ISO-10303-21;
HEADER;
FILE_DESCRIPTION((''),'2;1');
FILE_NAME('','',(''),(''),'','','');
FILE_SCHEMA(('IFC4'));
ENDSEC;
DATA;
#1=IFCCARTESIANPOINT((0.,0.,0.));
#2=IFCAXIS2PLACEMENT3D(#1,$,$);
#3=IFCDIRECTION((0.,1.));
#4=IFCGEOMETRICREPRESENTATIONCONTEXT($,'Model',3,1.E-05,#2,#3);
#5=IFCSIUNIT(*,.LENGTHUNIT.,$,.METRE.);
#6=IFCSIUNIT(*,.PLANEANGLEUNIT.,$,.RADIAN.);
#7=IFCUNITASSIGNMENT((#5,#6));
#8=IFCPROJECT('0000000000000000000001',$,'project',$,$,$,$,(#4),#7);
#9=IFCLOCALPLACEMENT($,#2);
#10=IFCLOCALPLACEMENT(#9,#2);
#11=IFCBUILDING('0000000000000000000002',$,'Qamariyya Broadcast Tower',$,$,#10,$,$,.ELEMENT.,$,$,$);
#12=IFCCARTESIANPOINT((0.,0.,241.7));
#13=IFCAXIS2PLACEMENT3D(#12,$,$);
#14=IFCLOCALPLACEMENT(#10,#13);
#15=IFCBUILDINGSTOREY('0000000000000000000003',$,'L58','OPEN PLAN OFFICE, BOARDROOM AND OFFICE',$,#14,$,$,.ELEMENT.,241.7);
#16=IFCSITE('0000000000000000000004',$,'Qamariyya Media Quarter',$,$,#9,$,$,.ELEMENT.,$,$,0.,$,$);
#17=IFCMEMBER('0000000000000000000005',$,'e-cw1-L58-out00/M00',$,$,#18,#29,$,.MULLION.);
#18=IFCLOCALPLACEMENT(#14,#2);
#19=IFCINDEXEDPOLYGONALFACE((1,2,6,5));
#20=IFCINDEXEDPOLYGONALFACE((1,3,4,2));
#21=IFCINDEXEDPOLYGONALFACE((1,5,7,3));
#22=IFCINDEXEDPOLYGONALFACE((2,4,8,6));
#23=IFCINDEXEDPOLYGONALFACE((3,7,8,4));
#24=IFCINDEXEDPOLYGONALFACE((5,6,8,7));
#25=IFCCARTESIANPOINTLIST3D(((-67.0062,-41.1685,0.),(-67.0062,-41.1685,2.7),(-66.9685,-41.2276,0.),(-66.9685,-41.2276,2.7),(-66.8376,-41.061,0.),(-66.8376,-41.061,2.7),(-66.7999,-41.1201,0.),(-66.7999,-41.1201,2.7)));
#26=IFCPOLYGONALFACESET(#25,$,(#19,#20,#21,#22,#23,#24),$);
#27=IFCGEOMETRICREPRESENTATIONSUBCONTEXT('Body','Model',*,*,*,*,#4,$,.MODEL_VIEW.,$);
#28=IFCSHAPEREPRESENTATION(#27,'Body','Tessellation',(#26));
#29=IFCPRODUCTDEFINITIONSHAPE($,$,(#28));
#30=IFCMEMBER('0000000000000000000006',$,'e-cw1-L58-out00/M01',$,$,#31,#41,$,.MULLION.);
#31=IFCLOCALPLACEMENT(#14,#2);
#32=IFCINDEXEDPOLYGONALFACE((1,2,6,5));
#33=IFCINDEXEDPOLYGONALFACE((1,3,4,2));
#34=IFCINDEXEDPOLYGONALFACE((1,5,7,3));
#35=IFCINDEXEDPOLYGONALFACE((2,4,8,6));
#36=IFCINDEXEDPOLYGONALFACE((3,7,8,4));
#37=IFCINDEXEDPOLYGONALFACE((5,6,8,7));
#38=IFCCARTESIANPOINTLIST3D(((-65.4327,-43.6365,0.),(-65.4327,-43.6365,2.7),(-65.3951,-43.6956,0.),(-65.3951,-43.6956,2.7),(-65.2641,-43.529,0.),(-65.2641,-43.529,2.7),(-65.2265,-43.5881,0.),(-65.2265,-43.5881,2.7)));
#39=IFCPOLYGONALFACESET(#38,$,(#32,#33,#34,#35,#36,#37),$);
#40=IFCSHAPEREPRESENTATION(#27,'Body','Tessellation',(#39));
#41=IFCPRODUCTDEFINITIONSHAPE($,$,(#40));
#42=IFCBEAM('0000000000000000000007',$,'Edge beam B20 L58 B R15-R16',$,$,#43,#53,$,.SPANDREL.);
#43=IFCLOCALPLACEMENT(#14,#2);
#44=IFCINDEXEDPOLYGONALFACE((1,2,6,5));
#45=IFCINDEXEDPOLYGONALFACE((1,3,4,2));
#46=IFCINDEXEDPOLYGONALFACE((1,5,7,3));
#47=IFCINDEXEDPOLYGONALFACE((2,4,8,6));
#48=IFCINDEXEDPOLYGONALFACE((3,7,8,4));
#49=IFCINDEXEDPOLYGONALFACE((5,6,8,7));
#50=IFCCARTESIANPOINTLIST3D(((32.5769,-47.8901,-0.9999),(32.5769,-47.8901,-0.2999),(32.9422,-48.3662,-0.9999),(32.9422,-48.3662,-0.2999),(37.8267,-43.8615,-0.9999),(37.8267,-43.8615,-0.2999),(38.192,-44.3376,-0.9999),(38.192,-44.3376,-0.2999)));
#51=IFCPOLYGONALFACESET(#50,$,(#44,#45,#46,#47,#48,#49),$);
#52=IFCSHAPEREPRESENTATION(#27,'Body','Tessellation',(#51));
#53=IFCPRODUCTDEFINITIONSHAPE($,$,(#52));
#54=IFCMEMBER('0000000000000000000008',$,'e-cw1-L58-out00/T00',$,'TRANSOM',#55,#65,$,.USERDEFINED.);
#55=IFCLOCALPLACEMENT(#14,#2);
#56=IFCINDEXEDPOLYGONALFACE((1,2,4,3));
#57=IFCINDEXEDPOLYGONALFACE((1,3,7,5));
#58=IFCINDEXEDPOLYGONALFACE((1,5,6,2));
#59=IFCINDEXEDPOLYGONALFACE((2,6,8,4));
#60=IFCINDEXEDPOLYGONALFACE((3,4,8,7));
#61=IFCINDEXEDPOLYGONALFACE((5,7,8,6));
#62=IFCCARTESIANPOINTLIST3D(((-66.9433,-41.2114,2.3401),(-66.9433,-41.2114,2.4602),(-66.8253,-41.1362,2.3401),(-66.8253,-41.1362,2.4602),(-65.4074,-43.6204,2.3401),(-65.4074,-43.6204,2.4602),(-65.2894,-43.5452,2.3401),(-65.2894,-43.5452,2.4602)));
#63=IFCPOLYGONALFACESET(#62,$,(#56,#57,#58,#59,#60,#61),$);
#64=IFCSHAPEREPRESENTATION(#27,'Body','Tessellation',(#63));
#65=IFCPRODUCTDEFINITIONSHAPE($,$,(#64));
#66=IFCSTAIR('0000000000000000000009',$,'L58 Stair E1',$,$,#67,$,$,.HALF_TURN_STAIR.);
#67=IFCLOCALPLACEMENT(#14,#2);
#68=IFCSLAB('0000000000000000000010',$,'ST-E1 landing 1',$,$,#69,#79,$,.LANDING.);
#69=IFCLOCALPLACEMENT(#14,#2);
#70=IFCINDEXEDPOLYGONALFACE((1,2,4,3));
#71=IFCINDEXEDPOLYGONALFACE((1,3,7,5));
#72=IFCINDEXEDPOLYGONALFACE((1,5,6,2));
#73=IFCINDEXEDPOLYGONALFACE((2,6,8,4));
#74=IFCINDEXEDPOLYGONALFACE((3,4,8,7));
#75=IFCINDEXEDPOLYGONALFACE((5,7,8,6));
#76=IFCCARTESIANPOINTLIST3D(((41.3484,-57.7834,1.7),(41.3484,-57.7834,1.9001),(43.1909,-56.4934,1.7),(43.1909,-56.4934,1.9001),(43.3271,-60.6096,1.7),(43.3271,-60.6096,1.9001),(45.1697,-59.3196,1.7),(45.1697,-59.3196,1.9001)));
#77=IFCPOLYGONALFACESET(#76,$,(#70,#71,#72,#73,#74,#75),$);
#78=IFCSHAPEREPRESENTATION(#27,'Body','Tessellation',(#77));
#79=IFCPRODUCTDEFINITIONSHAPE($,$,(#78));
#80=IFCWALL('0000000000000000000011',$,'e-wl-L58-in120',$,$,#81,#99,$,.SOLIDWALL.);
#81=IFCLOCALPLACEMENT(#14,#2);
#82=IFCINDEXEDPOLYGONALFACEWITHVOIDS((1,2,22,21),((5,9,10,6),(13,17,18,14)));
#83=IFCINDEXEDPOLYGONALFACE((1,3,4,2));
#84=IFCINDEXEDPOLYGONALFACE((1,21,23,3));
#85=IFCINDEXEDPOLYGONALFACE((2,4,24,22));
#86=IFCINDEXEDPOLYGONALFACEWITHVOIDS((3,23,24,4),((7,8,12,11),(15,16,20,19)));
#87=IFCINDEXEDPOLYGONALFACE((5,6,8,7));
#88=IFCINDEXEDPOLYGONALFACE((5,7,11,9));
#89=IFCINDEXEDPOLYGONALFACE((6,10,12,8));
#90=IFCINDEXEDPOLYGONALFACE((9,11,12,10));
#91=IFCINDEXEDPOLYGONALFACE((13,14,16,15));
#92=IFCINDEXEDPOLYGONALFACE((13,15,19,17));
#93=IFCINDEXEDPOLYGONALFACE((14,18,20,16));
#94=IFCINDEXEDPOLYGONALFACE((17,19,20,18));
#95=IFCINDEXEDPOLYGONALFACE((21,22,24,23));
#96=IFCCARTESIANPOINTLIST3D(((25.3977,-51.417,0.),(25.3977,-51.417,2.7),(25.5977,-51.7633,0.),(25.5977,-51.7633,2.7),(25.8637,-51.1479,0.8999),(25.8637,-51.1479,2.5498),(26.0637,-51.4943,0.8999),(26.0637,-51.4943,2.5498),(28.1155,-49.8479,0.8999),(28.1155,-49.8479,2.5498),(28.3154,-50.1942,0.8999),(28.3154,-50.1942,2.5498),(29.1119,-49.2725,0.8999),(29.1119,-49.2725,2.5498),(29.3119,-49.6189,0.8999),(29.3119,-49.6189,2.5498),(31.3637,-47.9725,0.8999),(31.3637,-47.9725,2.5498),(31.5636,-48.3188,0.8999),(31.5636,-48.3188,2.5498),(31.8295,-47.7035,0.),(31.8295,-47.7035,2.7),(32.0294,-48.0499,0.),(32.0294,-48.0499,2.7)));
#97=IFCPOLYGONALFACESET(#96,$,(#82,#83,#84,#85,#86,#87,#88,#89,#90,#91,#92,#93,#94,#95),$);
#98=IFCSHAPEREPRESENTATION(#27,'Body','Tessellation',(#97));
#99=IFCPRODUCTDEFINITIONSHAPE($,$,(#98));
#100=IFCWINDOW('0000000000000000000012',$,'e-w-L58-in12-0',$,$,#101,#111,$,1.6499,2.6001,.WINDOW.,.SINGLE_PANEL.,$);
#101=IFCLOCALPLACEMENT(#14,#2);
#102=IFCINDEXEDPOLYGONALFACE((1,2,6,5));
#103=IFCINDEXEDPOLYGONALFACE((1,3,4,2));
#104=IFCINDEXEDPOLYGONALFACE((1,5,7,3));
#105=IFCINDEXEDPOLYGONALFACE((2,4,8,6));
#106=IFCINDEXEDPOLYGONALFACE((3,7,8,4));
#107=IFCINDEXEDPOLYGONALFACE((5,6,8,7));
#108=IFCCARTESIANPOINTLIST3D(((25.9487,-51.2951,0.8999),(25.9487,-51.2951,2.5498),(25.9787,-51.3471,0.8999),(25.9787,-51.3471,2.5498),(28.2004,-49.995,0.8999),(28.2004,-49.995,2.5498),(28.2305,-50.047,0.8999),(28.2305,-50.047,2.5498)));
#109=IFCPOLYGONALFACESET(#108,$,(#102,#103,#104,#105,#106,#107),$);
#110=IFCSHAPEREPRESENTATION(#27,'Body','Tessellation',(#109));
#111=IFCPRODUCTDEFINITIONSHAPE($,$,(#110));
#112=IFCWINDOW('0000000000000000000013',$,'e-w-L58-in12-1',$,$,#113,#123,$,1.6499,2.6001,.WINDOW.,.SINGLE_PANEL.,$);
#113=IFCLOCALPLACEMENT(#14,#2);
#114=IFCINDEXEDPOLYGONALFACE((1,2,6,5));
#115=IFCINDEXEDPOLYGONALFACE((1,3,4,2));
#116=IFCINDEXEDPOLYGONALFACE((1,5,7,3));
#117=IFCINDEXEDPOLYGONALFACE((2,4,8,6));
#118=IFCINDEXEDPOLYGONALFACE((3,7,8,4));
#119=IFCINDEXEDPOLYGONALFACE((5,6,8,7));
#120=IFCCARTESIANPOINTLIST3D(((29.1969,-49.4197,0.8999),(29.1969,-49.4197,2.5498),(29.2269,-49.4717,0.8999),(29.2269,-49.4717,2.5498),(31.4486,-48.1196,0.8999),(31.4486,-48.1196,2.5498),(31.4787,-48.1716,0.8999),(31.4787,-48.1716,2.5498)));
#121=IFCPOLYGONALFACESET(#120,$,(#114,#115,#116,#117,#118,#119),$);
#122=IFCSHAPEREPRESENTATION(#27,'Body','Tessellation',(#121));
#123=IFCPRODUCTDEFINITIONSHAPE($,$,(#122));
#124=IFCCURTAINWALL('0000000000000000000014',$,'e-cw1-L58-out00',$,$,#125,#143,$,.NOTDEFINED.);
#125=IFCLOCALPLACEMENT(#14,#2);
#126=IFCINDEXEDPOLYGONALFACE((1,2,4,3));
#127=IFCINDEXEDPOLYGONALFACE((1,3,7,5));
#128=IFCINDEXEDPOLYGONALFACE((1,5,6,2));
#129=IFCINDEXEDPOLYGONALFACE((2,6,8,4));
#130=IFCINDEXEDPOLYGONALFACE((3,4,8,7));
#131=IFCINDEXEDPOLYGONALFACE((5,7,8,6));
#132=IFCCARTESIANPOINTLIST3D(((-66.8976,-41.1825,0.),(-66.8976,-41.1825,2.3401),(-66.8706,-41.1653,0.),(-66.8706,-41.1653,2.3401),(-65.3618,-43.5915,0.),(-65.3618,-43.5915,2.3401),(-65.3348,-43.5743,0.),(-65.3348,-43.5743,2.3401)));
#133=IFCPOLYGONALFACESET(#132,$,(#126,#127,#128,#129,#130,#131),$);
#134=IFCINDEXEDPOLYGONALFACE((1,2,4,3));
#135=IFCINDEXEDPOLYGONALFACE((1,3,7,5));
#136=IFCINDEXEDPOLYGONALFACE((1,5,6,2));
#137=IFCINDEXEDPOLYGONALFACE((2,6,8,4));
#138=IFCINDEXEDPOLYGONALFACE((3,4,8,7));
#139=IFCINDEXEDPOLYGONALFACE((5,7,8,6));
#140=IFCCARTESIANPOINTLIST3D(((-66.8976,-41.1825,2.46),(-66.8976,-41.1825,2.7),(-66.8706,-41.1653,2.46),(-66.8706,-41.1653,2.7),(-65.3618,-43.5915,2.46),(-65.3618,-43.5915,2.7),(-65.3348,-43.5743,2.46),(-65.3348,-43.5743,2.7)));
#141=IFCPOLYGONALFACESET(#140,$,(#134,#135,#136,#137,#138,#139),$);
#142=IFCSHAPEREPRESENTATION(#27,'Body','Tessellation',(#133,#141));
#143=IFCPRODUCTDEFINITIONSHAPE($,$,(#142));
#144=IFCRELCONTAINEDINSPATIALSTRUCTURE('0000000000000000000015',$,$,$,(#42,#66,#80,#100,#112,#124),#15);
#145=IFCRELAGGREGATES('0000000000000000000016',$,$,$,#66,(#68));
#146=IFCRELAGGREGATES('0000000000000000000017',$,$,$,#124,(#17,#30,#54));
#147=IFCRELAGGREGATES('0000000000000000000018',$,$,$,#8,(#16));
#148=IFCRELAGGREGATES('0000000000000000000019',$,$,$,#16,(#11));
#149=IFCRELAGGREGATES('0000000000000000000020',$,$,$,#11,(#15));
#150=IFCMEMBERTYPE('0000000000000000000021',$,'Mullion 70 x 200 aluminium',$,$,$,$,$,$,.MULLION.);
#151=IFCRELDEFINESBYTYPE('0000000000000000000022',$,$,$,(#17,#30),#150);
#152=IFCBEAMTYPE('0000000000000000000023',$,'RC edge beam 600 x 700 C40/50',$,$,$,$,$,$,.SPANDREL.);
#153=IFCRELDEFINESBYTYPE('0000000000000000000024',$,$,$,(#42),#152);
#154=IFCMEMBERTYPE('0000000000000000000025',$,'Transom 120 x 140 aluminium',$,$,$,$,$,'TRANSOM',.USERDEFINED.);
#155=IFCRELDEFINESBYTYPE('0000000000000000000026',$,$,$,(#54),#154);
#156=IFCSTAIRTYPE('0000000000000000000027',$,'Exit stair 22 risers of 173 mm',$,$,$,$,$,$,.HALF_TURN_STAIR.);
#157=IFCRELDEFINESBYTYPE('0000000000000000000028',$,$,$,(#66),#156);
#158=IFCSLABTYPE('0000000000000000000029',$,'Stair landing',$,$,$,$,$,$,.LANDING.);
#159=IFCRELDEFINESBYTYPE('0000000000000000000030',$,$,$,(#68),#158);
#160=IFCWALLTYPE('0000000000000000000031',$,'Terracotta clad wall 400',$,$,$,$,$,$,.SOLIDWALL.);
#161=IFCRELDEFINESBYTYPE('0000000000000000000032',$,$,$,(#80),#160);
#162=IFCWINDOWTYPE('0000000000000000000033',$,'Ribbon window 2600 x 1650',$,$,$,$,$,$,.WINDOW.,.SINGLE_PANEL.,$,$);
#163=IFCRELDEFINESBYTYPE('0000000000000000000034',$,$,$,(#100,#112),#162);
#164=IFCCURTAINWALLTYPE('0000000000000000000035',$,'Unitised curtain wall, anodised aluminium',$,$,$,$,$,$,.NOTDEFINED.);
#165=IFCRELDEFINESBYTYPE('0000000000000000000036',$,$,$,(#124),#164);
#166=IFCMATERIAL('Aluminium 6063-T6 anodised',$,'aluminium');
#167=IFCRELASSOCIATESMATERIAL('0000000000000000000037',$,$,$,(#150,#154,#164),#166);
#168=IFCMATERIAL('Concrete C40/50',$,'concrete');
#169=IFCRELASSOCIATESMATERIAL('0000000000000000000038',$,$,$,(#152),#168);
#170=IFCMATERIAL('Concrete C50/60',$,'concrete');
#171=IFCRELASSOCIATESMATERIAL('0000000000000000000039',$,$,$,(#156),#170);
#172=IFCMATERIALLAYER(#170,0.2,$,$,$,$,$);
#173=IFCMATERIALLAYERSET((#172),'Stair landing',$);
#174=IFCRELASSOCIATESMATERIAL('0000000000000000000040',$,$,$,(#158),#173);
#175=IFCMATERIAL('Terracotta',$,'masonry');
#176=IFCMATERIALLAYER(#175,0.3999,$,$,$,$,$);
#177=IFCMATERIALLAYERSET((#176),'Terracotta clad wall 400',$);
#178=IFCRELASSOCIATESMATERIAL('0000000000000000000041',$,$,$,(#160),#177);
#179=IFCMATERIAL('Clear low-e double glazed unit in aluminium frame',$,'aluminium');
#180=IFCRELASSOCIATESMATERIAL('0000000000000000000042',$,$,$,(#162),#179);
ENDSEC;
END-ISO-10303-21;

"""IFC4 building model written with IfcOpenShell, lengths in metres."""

from ifc_helpers import new_model, si_unit, direction, frame, frame_2d, origin, origin_2d, place, context, subcontext, project, spatial, polyline, rectangle, outline, extrude, material, layer, layer_set, material_profile, profile_set, type_object, element, fill, aggregate, save


model = new_model("IFC4")

# Units and contexts
model_context = context("Model", 3, precision=1e-05, world=origin(), true_north=direction((0.0, 1.0)))
body_context = subcontext(model_context, "Body", "Model", "MODEL_VIEW")
ifc_project = project(units=[si_unit("LENGTHUNIT", "METRE"), si_unit("PLANEANGLEUNIT", "RADIAN")], contexts=[model_context])

# Members
ifc_material_1 = material(Name="Aluminium 6063-T6 anodised", Category="aluminium")
ifc_material_profile_1 = material_profile(ifc_material_1, rectangle(XDim=0.2, YDim=0.0701, at=origin_2d()))
ifc_profile_set_1 = profile_set([ifc_material_profile_1], Name="Aluminium 6063-T6 anodised")
member_type_1 = type_object("IfcMemberType", Name="Mullion 70 x 200 aluminium", PredefinedType="MULLION", material=ifc_profile_set_1)
site_placement = place(None, origin())
building_placement = place(site_placement, origin())
storey_placement = place(building_placement, frame((0.0, 0.0, 241.7)))
member_1_placement = place(storey_placement, frame((-66.9031, -41.1443, 0.0), z_axis=(0.0, 0.0, 1.0), x_axis=(0.843222, 0.537565, 0.0)))
member_1 = element("IfcMember", 1, at=member_1_placement, type_object=member_type_1, Name="e-cw1-L58-out00/M00", PredefinedType="MULLION", context=body_context, shape_type="SweptSolid", body=[
    extrude(rectangle(XDim=0.2, YDim=0.0701, at=origin_2d()), origin(), (0.0, 0.0, 1.0), 2.7),
])
member_2_placement = place(storey_placement, frame((-65.3296, -43.6123, 0.0), z_axis=(0.0, 0.0, 1.0), x_axis=(0.843222, 0.537565, 0.0)))
member_2 = element("IfcMember", 2, at=member_2_placement, type_object=member_type_1, Name="e-cw1-L58-out00/M01", PredefinedType="MULLION", context=body_context, shape_type="SweptSolid", body=[
    extrude(rectangle(XDim=0.2, YDim=0.0701, at=origin_2d()), origin(), (0.0, 0.0, 1.0), 2.7),
])

# Site, building, storey
site = spatial("IfcSite", under=ifc_project, at=site_placement, Name="Qamariyya Media Quarter", CompositionType="ELEMENT", RefElevation=0.0)
building = spatial("IfcBuilding", under=site, at=building_placement, Name="Qamariyya Broadcast Tower", CompositionType="ELEMENT")
storey = spatial("IfcBuildingStorey", under=building, at=storey_placement, Name="L58", Description="OPEN PLAN OFFICE, BOARDROOM AND OFFICE", CompositionType="ELEMENT", Elevation=241.7)

# Beam
ifc_material_2 = material(Name="Concrete C40/50", Category="concrete")
ifc_material_profile_2 = material_profile(ifc_material_2, rectangle(XDim=0.6001, YDim=0.7, at=origin_2d()))
ifc_profile_set_2 = profile_set([ifc_material_profile_2], Name="Concrete C40/50")
beam_type = type_object("IfcBeamType", Name="RC edge beam 600 x 700 C40/50", PredefinedType="SPANDREL", material=ifc_profile_set_2)
beam_placement = place(storey_placement, frame((32.7595, -48.1282, -0.6499), z_axis=(0.793333, 0.608789, 0.0), x_axis=(-0.608789, 0.793333, 0.0)))
element("IfcBeam", 3, at=beam_placement, inside=storey, type_object=beam_type, Name="Edge beam B20 L58 B R15-R16", PredefinedType="SPANDREL", context=body_context, shape_type="SweptSolid", body=[
    extrude(rectangle(XDim=0.6001, YDim=0.7, at=origin_2d()), origin(), (0.0, 0.0, 1.0), 6.6174),
])

# Member
ifc_material_profile_3 = material_profile(ifc_material_1, rectangle(XDim=0.1399, YDim=0.1201, at=origin_2d()))
ifc_profile_set_3 = profile_set([ifc_material_profile_3], Name="Aluminium 6063-T6 anodised")
member_type_2 = type_object("IfcMemberType", Name="Transom 120 x 140 aluminium", ElementType="TRANSOM", PredefinedType="USERDEFINED", material=ifc_profile_set_3)
member_3_placement = place(storey_placement, frame((-66.8843, -41.1738, 2.4001), z_axis=(0.537605, -0.843197, 0.0), x_axis=(0.843197, 0.537605, 0.0)))
member_3 = element("IfcMember", 4, at=member_3_placement, type_object=member_type_2, Name="e-cw1-L58-out00/T00", ObjectType="TRANSOM", PredefinedType="USERDEFINED", context=body_context, shape_type="SweptSolid", body=[
    extrude(rectangle(XDim=0.1399, YDim=0.1201, at=origin_2d()), origin(), (0.0, 0.0, 1.0), 2.8569),
])

# Stair, slab
ifc_material_3 = material(Name="Concrete C50/60", Category="concrete")
stair_type = type_object("IfcStairType", Name="Exit stair 22 risers of 173 mm", PredefinedType="HALF_TURN_STAIR", material=ifc_material_3)
stair_placement = place(storey_placement, origin())
stair = element("IfcStair", 5, at=stair_placement, inside=storey, type_object=stair_type, Name="L58 Stair E1", PredefinedType="HALF_TURN_STAIR")
ifc_layer_1 = layer(ifc_material_3, 0.2)
ifc_layer_set_1 = layer_set([ifc_layer_1], Name="Stair landing")
slab_type = type_object("IfcSlabType", Name="Stair landing", PredefinedType="LANDING", material=ifc_layer_set_1)
slab_placement = place(storey_placement, frame((0.0, 0.0, 1.7)))
slab = element("IfcSlab", 6, at=slab_placement, type_object=slab_type, Name="ST-E1 landing 1", PredefinedType="LANDING", context=body_context, shape_type="SweptSolid", body=[
    extrude(outline(polyline([(43.1909, -56.4934), (41.3484, -57.7834), (43.3271, -60.6096), (45.1697, -59.3196), (43.1909, -56.4934)])), origin(), (0.0, 0.0, 1.0), 0.2002),
])
aggregate(stair, [slab])

# Wall, openings, windows
ifc_material_4 = material(Name="Terracotta", Category="masonry")
ifc_layer_2 = layer(ifc_material_4, 0.3999)
ifc_layer_set_2 = layer_set([ifc_layer_2], Name="Terracotta clad wall 400")
wall_type = type_object("IfcWallType", Name="Terracotta clad wall 400", PredefinedType="SOLIDWALL", material=ifc_layer_set_2)
wall_placement = place(storey_placement, frame((31.9294, -47.8767, 0.0), z_axis=(0.0, 0.0, 1.0), x_axis=(-0.866021, -0.500007, 0.0)))
wall = element("IfcWall", 7, at=wall_placement, inside=storey, type_object=wall_type, Name="e-wl-L58-in120", PredefinedType="SOLIDWALL", context=body_context, shape_type="SweptSolid", body=[
    extrude(rectangle(XDim=7.4268, YDim=0.3999, at=frame_2d((3.7134, 0.0))), origin(), (0.0, 0.0, 1.0), 2.7),
])
opening_1_placement = place(wall_placement, frame((4.2886, 0.0, 0.8999)))
opening_1 = element("IfcOpeningElement", 8, at=opening_1_placement, cuts=wall, PredefinedType="OPENING", context=body_context, shape_type="SweptSolid", body=[
    extrude(rectangle(XDim=2.6001, YDim=1.6499, at=frame_2d((1.3, 0.825))), frame((0.0, 0.21, 0.0), z_axis=(0.0, -1.0, 0.0), x_axis=(1.0, 0.0, 0.0)), (0.0, 0.0, 1.0), 0.4199),
])
opening_2_placement = place(wall_placement, frame((0.5378, 0.0, 0.8999)))
opening_2 = element("IfcOpeningElement", 9, at=opening_2_placement, cuts=wall, PredefinedType="OPENING", context=body_context, shape_type="SweptSolid", body=[
    extrude(rectangle(XDim=2.6001, YDim=1.6499, at=frame_2d((1.3, 0.825))), frame((0.0, 0.21, 0.0), z_axis=(0.0, -1.0, 0.0), x_axis=(1.0, 0.0, 0.0)), (0.0, 0.0, 1.0), 0.4199),
])
ifc_material_5 = material(Name="Clear low-e double glazed unit in aluminium frame", Category="aluminium")
window_type = type_object("IfcWindowType", Name="Ribbon window 2600 x 1650", PartitioningType="SINGLE_PANEL", PredefinedType="WINDOW", material=ifc_material_5)
window_1_placement = place(opening_1_placement, origin())
window_1 = element("IfcWindow", 10, at=window_1_placement, inside=storey, type_object=window_type, Name="e-w-L58-in12-0", OverallHeight=1.6499, OverallWidth=2.6001, PartitioningType="SINGLE_PANEL", PredefinedType="WINDOW", context=body_context, shape_type="SweptSolid", body=[
    extrude(rectangle(XDim=2.6001, YDim=1.6499, at=frame_2d((1.3, 0.825))), frame((0.0, 0.03, 0.0), z_axis=(0.0, -1.0, 0.0), x_axis=(1.0, 0.0, 0.0)), (0.0, 0.0, 1.0), 0.0601),
])
fill(opening_1, window_1)
window_2_placement = place(opening_2_placement, origin())
window_2 = element("IfcWindow", 11, at=window_2_placement, inside=storey, type_object=window_type, Name="e-w-L58-in12-1", OverallHeight=1.6499, OverallWidth=2.6001, PartitioningType="SINGLE_PANEL", PredefinedType="WINDOW", context=body_context, shape_type="SweptSolid", body=[
    extrude(rectangle(XDim=2.6001, YDim=1.6499, at=frame_2d((1.3, 0.825))), frame((0.0, 0.03, 0.0), z_axis=(0.0, -1.0, 0.0), x_axis=(1.0, 0.0, 0.0)), (0.0, 0.0, 1.0), 0.0601),
])
fill(opening_2, window_2)

# Curtain wall
curtain_wall_type = type_object("IfcCurtainWallType", Name="Unitised curtain wall, anodised aluminium", PredefinedType="NOTDEFINED", material=ifc_material_1)
curtain_wall_placement = place(storey_placement, origin())
curtain_wall = element("IfcCurtainWall", 12, at=curtain_wall_placement, inside=storey, type_object=curtain_wall_type, Name="e-cw1-L58-out00", PredefinedType="NOTDEFINED", context=body_context, shape_type="SweptSolid", body=[
    extrude(rectangle(XDim=2.8569, YDim=0.032, at=origin_2d()), frame((-66.1162, -42.3784, 0.0), x_axis=(0.537571, -0.843218, 0.0)), (0.0, 0.0, 1.0), 2.3401),
    extrude(rectangle(XDim=2.8569, YDim=0.032, at=origin_2d()), frame((-66.1162, -42.3784, 2.46), x_axis=(0.537571, -0.843218, 0.0)), (0.0, 0.0, 1.0), 0.24),
])
aggregate(curtain_wall, [member_1, member_2, member_3])

save(model, "model.ifc")
